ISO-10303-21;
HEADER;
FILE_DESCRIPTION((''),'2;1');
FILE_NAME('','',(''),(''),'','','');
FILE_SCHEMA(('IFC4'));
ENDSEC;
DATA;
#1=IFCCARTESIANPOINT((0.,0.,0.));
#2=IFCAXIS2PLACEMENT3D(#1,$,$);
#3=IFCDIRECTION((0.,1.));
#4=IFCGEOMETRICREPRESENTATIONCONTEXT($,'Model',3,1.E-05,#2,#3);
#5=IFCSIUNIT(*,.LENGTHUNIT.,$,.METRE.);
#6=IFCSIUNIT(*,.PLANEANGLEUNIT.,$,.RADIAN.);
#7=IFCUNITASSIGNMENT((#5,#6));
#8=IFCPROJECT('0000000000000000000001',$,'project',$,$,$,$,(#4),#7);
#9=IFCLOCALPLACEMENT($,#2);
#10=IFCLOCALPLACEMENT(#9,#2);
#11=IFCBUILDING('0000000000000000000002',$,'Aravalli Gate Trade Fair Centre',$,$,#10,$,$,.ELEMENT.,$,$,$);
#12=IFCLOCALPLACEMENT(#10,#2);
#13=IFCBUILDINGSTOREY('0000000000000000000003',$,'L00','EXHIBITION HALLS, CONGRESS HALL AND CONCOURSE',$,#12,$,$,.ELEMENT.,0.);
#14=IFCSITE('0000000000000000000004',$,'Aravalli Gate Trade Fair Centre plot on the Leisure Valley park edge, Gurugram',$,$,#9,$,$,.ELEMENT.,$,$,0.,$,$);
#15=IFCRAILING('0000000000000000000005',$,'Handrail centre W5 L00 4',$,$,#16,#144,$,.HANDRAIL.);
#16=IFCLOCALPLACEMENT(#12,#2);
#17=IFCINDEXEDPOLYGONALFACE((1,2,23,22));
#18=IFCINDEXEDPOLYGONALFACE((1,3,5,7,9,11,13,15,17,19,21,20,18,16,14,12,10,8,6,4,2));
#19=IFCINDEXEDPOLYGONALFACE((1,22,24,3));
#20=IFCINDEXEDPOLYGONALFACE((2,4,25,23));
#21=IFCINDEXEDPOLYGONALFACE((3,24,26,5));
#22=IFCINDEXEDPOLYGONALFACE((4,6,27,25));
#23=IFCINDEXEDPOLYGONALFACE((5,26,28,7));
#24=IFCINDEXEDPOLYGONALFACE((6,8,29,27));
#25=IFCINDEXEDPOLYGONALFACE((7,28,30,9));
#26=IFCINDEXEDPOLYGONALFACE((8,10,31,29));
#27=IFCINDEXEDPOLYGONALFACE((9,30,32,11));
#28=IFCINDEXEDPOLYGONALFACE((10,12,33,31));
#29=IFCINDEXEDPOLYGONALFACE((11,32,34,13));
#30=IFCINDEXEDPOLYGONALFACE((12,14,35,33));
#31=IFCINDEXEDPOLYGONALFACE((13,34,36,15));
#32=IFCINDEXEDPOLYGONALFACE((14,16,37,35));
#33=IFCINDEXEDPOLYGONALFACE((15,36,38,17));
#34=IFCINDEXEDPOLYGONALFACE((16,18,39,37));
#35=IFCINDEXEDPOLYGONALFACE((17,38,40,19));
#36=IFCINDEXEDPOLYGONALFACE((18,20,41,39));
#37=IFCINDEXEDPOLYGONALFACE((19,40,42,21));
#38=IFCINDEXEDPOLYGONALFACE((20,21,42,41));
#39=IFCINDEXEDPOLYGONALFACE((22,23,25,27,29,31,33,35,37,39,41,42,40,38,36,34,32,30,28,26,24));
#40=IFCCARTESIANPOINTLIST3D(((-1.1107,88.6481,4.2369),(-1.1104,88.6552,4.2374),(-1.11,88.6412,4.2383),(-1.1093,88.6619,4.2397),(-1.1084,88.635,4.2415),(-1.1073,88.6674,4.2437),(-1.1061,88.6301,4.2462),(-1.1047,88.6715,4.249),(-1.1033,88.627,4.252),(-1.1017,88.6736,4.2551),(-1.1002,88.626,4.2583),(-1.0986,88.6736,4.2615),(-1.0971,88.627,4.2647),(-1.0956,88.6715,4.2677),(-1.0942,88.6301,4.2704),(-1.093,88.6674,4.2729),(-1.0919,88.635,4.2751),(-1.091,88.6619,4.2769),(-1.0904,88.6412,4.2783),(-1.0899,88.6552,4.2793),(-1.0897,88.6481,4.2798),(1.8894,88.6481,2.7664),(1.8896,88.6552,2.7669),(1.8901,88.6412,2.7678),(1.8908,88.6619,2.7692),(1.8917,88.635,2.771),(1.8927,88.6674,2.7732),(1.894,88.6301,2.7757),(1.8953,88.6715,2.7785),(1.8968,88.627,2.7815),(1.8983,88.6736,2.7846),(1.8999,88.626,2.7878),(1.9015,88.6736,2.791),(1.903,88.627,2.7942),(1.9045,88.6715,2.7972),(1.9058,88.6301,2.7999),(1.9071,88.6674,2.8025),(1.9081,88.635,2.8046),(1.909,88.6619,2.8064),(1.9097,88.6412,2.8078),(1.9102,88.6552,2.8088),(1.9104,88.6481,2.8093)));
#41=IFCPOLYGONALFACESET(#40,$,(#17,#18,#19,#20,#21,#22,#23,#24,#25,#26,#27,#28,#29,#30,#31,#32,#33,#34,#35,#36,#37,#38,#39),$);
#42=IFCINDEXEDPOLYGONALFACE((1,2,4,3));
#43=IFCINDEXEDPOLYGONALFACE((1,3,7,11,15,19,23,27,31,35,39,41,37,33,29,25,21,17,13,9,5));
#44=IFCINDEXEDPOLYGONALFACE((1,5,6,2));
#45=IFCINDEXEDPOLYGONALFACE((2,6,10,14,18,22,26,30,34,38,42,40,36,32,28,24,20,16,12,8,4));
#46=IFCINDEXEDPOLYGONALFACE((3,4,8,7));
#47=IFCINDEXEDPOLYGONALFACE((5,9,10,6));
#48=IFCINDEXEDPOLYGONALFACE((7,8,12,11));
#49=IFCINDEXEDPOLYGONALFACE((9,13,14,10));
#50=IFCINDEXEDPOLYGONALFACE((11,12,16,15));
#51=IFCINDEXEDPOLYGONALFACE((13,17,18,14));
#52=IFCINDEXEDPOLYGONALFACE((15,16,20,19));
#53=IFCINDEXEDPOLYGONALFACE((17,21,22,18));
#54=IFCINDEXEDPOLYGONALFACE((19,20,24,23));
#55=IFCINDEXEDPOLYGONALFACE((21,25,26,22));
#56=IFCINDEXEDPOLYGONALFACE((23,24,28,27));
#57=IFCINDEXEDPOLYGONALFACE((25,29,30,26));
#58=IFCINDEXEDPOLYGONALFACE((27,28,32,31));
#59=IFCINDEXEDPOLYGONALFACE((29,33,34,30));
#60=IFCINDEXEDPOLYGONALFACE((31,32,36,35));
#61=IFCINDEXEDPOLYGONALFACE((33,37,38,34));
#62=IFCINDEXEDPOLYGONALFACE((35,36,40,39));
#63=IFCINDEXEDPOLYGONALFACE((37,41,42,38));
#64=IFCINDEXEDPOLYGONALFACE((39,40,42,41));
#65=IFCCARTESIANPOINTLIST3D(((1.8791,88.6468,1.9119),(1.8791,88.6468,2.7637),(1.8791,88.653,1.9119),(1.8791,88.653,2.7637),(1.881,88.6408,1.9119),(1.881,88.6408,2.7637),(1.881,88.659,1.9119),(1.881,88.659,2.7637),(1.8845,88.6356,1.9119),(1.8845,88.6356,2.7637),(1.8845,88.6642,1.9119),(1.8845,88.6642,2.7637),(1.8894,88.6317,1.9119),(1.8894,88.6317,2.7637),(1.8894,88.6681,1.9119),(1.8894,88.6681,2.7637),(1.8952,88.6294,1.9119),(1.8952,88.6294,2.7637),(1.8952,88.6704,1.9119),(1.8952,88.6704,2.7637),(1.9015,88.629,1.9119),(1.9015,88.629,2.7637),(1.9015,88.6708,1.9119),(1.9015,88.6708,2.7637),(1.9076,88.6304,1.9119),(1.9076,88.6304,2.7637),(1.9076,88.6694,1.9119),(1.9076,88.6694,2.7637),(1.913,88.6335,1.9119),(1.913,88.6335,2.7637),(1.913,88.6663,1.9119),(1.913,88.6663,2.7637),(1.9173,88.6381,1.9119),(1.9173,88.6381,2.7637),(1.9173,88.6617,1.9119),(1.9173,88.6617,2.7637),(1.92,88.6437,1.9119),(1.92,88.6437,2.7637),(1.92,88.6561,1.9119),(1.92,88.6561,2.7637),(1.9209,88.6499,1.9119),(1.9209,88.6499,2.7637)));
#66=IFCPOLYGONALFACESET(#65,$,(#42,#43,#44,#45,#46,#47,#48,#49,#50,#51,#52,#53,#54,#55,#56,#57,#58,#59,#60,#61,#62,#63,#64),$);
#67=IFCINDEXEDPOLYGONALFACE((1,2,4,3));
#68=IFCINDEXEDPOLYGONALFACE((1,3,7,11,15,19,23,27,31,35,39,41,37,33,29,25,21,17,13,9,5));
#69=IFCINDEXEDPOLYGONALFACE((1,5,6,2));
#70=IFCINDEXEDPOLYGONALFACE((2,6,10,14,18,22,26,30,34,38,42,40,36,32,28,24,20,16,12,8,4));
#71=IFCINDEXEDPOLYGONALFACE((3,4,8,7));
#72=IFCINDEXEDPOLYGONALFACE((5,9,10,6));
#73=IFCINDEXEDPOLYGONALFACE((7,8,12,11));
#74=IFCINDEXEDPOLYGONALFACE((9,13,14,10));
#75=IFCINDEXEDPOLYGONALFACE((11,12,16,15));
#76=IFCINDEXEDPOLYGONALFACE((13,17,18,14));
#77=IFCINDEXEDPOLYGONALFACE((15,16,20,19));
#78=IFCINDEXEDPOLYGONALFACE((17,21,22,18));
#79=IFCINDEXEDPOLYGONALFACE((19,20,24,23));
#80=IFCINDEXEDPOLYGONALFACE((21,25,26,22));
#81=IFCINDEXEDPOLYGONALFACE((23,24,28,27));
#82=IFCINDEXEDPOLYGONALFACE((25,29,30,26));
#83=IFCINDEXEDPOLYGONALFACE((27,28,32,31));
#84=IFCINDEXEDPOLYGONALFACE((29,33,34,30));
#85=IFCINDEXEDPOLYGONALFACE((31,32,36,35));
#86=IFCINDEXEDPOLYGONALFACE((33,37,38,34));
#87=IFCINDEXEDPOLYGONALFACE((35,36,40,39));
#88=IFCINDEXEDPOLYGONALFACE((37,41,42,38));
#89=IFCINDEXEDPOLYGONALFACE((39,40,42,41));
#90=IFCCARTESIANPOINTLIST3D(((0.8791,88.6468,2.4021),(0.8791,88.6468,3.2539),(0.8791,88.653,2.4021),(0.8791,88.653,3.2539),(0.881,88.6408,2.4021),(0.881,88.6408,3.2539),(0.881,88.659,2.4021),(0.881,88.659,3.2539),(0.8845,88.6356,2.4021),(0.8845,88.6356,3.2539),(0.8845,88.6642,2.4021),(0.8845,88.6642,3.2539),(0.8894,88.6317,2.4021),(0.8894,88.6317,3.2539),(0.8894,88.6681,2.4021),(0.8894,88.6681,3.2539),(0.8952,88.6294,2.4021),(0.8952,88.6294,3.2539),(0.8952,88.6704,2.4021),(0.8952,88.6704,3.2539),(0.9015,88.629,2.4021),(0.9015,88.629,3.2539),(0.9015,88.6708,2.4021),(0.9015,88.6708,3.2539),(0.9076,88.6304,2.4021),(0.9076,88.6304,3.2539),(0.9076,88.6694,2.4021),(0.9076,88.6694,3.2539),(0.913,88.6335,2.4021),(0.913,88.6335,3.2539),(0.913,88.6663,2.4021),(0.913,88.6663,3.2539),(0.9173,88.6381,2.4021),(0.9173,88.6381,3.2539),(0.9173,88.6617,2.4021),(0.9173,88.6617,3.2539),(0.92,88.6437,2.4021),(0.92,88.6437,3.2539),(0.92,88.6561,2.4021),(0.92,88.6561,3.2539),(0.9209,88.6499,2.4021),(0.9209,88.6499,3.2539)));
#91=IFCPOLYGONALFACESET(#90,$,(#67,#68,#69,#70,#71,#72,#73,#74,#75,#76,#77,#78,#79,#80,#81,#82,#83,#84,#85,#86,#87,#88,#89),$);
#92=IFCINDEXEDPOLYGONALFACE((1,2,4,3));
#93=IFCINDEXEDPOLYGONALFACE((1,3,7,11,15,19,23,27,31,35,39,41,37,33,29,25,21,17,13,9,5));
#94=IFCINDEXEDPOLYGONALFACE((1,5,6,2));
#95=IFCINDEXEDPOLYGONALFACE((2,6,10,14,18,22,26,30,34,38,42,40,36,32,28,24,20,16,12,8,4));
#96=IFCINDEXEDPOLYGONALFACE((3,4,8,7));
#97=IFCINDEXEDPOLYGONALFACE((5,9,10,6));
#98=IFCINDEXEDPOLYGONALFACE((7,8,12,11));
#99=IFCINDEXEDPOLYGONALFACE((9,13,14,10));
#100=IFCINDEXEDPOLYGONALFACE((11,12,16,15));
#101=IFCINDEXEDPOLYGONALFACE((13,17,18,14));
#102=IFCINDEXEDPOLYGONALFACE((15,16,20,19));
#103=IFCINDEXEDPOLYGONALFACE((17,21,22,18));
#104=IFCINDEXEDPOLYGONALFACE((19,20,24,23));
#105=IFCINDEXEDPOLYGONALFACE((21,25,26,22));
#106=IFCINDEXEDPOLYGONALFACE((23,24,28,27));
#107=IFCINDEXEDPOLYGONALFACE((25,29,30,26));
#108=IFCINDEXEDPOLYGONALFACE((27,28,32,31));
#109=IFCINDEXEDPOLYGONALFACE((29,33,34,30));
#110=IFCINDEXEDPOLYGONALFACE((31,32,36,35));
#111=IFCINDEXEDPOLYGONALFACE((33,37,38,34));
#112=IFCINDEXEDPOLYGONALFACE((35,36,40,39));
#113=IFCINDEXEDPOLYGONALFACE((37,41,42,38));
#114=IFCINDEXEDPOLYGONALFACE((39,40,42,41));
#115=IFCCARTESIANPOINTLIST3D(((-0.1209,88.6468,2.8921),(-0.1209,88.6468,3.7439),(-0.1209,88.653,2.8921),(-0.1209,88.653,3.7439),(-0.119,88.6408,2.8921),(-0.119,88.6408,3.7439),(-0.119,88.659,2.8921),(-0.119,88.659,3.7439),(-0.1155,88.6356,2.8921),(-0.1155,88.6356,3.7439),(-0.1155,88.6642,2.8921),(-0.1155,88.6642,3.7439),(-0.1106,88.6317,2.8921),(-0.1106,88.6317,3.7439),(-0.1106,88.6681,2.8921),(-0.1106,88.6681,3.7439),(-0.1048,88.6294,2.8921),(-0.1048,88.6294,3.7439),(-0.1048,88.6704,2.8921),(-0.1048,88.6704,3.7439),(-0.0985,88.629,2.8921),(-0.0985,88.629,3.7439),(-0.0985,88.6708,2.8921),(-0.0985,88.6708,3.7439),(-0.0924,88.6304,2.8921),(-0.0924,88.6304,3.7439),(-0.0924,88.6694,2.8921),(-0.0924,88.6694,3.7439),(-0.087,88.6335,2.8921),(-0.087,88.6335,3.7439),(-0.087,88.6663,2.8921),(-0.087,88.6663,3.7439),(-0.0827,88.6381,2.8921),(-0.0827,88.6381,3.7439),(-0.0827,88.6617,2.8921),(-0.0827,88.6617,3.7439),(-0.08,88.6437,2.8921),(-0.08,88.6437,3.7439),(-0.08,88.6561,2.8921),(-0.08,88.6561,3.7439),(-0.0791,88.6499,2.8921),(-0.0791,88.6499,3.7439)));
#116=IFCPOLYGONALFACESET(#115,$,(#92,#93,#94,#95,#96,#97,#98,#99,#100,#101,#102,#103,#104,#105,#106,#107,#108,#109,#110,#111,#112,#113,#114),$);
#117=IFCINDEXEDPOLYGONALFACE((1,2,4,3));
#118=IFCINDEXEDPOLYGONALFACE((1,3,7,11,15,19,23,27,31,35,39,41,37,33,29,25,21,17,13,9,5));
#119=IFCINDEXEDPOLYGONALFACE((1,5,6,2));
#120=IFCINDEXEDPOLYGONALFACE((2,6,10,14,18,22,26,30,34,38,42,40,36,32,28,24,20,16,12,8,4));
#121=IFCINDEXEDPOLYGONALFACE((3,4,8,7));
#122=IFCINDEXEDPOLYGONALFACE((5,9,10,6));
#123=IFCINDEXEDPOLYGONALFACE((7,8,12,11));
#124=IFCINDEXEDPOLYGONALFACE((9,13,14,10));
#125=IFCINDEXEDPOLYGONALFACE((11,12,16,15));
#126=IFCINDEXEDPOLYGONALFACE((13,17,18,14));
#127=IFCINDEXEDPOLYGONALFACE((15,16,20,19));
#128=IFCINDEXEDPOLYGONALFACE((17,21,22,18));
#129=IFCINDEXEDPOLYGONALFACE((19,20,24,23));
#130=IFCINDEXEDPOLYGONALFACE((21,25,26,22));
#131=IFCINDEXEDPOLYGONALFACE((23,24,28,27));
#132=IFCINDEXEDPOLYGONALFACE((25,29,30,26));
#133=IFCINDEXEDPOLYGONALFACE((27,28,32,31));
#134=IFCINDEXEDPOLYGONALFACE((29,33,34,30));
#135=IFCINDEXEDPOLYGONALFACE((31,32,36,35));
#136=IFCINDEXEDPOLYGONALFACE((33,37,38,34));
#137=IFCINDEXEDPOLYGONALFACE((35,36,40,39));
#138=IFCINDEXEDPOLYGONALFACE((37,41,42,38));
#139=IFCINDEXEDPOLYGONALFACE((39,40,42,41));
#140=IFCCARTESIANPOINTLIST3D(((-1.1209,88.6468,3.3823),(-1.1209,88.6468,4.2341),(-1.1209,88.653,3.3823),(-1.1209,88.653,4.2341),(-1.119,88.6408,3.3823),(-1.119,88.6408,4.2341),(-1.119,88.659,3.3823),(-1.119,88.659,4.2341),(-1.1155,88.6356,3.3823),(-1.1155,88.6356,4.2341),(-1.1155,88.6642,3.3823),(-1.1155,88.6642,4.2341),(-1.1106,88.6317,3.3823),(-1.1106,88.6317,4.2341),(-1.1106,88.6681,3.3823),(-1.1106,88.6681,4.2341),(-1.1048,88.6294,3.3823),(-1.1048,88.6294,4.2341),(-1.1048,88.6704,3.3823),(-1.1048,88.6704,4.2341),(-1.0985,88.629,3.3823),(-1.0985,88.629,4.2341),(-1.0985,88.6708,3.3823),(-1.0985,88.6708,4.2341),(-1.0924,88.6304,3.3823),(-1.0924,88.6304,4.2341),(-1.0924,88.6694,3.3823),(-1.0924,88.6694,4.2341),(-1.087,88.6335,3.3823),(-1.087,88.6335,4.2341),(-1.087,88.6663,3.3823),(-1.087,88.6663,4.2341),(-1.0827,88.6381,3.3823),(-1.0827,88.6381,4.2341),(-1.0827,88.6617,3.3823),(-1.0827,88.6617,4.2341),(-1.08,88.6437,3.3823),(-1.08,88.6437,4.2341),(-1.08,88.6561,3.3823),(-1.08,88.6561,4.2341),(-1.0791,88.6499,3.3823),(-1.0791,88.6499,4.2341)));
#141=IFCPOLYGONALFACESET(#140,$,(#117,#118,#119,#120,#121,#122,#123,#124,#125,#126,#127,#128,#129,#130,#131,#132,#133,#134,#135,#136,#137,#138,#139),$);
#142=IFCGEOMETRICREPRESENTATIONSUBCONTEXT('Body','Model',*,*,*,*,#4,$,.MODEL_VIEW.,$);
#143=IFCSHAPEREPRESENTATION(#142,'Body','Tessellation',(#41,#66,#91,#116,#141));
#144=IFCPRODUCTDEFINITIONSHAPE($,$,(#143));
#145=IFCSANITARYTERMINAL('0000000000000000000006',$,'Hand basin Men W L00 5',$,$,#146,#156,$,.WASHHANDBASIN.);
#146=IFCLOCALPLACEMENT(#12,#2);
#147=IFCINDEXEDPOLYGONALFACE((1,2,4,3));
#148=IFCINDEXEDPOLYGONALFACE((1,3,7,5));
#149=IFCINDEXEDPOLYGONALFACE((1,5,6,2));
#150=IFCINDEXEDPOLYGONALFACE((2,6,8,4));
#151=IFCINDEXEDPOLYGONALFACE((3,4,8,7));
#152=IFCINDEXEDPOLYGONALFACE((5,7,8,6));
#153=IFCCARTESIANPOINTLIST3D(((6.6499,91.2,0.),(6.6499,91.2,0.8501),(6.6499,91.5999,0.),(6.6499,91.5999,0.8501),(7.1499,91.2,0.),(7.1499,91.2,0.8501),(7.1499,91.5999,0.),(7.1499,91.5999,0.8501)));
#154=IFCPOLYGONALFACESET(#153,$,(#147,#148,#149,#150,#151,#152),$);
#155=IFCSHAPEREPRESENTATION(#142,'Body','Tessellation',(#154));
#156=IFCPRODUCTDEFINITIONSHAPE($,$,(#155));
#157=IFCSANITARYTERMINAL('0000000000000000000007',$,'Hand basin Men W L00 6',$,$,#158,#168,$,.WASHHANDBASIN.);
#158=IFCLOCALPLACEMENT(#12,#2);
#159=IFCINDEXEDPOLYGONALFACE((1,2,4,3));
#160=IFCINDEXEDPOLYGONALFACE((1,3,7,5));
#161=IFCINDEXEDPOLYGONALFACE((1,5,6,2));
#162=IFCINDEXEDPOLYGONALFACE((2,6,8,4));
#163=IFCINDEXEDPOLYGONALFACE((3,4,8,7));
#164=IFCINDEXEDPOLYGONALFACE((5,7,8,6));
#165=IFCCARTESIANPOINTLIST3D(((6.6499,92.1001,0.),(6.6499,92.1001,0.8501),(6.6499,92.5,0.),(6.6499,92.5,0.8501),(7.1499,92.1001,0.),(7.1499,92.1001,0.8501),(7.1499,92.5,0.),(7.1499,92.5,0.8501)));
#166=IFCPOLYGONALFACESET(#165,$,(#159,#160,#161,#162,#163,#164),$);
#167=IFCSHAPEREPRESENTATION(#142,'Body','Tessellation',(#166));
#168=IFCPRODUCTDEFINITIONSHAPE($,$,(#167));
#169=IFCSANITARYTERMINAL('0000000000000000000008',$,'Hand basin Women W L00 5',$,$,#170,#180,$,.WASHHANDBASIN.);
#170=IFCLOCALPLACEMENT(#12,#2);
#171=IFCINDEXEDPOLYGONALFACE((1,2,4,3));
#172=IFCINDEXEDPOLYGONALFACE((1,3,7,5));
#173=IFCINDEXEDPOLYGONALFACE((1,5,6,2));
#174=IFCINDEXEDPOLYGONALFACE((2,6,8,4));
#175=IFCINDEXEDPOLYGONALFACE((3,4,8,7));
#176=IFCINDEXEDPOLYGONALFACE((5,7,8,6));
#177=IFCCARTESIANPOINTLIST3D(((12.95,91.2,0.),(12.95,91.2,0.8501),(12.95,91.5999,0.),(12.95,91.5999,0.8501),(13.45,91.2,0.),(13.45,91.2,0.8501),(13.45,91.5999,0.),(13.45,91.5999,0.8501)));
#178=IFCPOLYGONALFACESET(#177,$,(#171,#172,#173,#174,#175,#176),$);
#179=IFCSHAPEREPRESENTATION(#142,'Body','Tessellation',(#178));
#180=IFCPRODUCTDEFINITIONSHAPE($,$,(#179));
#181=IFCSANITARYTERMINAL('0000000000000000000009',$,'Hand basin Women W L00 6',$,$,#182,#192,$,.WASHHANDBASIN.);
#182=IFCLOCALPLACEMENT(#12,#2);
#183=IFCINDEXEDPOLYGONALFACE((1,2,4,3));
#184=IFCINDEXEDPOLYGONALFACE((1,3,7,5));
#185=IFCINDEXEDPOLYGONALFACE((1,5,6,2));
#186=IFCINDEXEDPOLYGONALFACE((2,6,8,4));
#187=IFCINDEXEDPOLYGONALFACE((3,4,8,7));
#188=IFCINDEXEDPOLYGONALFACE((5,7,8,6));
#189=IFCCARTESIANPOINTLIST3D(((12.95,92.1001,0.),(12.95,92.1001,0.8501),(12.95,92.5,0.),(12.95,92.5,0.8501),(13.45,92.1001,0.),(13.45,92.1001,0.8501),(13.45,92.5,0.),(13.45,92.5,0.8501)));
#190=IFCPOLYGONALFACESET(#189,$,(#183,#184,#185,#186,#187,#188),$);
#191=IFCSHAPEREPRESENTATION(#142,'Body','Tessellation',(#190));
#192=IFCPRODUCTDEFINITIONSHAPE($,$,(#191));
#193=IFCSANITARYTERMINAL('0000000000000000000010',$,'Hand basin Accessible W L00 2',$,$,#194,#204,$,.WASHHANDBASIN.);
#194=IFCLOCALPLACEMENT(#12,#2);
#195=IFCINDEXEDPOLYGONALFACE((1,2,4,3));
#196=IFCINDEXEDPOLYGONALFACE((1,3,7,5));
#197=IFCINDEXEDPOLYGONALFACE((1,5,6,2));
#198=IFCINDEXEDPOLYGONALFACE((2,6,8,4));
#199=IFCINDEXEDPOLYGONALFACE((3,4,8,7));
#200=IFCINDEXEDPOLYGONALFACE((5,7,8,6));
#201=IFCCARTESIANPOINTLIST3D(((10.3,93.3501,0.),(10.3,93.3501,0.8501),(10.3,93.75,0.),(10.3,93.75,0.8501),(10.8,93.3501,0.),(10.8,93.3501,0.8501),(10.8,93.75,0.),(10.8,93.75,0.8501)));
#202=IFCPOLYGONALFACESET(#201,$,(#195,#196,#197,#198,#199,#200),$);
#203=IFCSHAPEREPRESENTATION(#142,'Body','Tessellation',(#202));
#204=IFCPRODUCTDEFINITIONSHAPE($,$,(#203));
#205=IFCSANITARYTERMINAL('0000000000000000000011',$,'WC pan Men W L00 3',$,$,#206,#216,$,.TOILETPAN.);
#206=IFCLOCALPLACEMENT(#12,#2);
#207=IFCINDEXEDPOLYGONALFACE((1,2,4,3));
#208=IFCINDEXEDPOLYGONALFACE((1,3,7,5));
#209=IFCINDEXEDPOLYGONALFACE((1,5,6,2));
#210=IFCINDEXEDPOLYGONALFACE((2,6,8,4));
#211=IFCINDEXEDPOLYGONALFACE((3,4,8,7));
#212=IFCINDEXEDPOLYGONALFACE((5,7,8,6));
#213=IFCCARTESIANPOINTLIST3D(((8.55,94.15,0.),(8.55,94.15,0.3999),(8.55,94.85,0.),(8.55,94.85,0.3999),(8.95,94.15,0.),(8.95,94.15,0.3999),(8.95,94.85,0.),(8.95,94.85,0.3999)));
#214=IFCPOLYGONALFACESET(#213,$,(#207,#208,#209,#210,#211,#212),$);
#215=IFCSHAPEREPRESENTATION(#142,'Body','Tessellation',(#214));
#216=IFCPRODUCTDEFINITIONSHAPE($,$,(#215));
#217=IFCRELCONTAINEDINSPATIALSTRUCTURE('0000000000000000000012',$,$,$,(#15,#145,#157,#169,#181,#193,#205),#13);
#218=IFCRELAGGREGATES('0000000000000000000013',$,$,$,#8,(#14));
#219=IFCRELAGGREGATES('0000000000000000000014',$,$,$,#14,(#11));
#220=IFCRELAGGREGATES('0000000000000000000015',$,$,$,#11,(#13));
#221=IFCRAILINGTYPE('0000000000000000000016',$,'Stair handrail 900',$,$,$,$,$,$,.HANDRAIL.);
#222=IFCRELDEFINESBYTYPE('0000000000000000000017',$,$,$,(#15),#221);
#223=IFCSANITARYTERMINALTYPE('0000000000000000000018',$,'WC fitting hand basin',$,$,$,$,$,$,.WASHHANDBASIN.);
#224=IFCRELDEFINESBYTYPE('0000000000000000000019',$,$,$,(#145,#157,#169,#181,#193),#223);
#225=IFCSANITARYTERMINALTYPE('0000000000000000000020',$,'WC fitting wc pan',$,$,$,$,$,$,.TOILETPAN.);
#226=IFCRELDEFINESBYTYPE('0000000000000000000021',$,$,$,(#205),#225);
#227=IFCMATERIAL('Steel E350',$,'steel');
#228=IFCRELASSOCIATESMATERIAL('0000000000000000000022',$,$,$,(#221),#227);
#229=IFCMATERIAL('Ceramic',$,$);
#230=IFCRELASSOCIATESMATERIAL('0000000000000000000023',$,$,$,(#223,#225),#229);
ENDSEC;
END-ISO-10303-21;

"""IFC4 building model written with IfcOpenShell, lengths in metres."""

from ifc_helpers import new_model, si_unit, direction, frame, origin, origin_2d, place, context, subcontext, project, spatial, rectangle, circle, extrude, material, type_object, element, save


model = new_model("IFC4")

# Units and contexts
model_context = context("Model", 3, precision=1e-05, world=origin(), true_north=direction((0.0, 1.0)))
body_context = subcontext(model_context, "Body", "Model", "MODEL_VIEW")
ifc_project = project(units=[si_unit("LENGTHUNIT", "METRE"), si_unit("PLANEANGLEUNIT", "RADIAN")], contexts=[model_context])

# Site, building, storey
site_placement = place(None, origin())
site = spatial("IfcSite", under=ifc_project, at=site_placement, Name="Aravalli Gate Trade Fair Centre plot on the Leisure Valley park edge, Gurugram", CompositionType="ELEMENT", RefElevation=0.0)
building_placement = place(site_placement, origin())
building = spatial("IfcBuilding", under=site, at=building_placement, Name="Aravalli Gate Trade Fair Centre", CompositionType="ELEMENT")
storey_placement = place(building_placement, origin())
storey = spatial("IfcBuildingStorey", under=building, at=storey_placement, Name="L00", Description="EXHIBITION HALLS, CONGRESS HALL AND CONCOURSE", CompositionType="ELEMENT", Elevation=0.0)

# Railing
ifc_material_1 = material(Name="Steel E350", Category="steel")
railing_type = type_object("IfcRailingType", Name="Stair handrail 900", PredefinedType="HANDRAIL", material=ifc_material_1)
for number, where, name in (
    (1, (1.8999, 88.6499, 1.9119), "Handrail centre W5 L00 4"),
):
    element("IfcRailing", number, at=place(storey_placement, frame(where)), inside=storey, type_object=railing_type, Name=name, PredefinedType="HANDRAIL", context=body_context, shape_type="SweptSolid", body=[
        extrude(circle(Radius=0.0239, at=origin_2d()), frame((0.0, 0.0, 0.876), z_axis=(-0.897936, 0.0, 0.440126), x_axis=(0.0, -1.0, 0.0)), (0.0, 0.0, 1.0), 3.3411),
        extrude(circle(Radius=0.021, at=origin_2d()), origin(), (0.0, 0.0, 1.0), 0.8518),
        extrude(circle(Radius=0.021, at=origin_2d()), frame((-1.0, 0.0, 0.4902)), (0.0, 0.0, 1.0), 0.8518),
        extrude(circle(Radius=0.021, at=origin_2d()), frame((-2.0, 0.0, 0.9802)), (0.0, 0.0, 1.0), 0.8518),
        extrude(circle(Radius=0.021, at=origin_2d()), frame((-3.0, 0.0, 1.4705)), (0.0, 0.0, 1.0), 0.8518),
    ])

# Sanitary terminals
ifc_material_2 = material(Name="Ceramic")
sanitary_terminal_type_1 = type_object("IfcSanitaryTerminalType", Name="WC fitting hand basin", PredefinedType="WASHHANDBASIN", material=ifc_material_2)
for number, where, z_axis, x_axis, name in (
    (2, (6.8999, 91.3999, 0.0), (0.0, 0.0, 1.0), (1.0, 0.0, 0.0), "Hand basin Men W L00 5"),
    (3, (6.8999, 92.3, 0.0), (0.0, 0.0, 1.0), (1.0, 0.0, 0.0), "Hand basin Men W L00 6"),
    (4, (13.2, 91.3999, 0.0), (0.0, 0.0, 1.0), (1.0, 0.0, 0.0), "Hand basin Women W L00 5"),
    (5, (13.2, 92.3, 0.0), (0.0, 0.0, 1.0), (1.0, 0.0, 0.0), "Hand basin Women W L00 6"),
    (6, (10.55, 93.55, 0.0), (0.0, 0.0, 1.0), (1.0, 0.0, 0.0), "Hand basin Accessible W L00 2"),
):
    element("IfcSanitaryTerminal", number, at=place(storey_placement, frame(where, z_axis=z_axis, x_axis=x_axis)), inside=storey, type_object=sanitary_terminal_type_1, Name=name, PredefinedType="WASHHANDBASIN", context=body_context, shape_type="SweptSolid", body=[
        extrude(rectangle(XDim=0.5, YDim=0.3999, at=origin_2d()), origin(), (0.0, 0.0, 1.0), 0.8501),
    ])
sanitary_terminal_type_2 = type_object("IfcSanitaryTerminalType", Name="WC fitting wc pan", PredefinedType="TOILETPAN", material=ifc_material_2)
for number, where, z_axis, x_axis, name in (
    (7, (8.75, 94.5, 0.0), (0.0, 0.0, 1.0), (1.0, 0.0, 0.0), "WC pan Men W L00 3"),
):
    element("IfcSanitaryTerminal", number, at=place(storey_placement, frame(where, z_axis=z_axis, x_axis=x_axis)), inside=storey, type_object=sanitary_terminal_type_2, Name=name, PredefinedType="TOILETPAN", context=body_context, shape_type="SweptSolid", body=[
        extrude(rectangle(XDim=0.3999, YDim=0.7, at=origin_2d()), origin(), (0.0, 0.0, 1.0), 0.3999),
    ])

save(model, "model.ifc")
